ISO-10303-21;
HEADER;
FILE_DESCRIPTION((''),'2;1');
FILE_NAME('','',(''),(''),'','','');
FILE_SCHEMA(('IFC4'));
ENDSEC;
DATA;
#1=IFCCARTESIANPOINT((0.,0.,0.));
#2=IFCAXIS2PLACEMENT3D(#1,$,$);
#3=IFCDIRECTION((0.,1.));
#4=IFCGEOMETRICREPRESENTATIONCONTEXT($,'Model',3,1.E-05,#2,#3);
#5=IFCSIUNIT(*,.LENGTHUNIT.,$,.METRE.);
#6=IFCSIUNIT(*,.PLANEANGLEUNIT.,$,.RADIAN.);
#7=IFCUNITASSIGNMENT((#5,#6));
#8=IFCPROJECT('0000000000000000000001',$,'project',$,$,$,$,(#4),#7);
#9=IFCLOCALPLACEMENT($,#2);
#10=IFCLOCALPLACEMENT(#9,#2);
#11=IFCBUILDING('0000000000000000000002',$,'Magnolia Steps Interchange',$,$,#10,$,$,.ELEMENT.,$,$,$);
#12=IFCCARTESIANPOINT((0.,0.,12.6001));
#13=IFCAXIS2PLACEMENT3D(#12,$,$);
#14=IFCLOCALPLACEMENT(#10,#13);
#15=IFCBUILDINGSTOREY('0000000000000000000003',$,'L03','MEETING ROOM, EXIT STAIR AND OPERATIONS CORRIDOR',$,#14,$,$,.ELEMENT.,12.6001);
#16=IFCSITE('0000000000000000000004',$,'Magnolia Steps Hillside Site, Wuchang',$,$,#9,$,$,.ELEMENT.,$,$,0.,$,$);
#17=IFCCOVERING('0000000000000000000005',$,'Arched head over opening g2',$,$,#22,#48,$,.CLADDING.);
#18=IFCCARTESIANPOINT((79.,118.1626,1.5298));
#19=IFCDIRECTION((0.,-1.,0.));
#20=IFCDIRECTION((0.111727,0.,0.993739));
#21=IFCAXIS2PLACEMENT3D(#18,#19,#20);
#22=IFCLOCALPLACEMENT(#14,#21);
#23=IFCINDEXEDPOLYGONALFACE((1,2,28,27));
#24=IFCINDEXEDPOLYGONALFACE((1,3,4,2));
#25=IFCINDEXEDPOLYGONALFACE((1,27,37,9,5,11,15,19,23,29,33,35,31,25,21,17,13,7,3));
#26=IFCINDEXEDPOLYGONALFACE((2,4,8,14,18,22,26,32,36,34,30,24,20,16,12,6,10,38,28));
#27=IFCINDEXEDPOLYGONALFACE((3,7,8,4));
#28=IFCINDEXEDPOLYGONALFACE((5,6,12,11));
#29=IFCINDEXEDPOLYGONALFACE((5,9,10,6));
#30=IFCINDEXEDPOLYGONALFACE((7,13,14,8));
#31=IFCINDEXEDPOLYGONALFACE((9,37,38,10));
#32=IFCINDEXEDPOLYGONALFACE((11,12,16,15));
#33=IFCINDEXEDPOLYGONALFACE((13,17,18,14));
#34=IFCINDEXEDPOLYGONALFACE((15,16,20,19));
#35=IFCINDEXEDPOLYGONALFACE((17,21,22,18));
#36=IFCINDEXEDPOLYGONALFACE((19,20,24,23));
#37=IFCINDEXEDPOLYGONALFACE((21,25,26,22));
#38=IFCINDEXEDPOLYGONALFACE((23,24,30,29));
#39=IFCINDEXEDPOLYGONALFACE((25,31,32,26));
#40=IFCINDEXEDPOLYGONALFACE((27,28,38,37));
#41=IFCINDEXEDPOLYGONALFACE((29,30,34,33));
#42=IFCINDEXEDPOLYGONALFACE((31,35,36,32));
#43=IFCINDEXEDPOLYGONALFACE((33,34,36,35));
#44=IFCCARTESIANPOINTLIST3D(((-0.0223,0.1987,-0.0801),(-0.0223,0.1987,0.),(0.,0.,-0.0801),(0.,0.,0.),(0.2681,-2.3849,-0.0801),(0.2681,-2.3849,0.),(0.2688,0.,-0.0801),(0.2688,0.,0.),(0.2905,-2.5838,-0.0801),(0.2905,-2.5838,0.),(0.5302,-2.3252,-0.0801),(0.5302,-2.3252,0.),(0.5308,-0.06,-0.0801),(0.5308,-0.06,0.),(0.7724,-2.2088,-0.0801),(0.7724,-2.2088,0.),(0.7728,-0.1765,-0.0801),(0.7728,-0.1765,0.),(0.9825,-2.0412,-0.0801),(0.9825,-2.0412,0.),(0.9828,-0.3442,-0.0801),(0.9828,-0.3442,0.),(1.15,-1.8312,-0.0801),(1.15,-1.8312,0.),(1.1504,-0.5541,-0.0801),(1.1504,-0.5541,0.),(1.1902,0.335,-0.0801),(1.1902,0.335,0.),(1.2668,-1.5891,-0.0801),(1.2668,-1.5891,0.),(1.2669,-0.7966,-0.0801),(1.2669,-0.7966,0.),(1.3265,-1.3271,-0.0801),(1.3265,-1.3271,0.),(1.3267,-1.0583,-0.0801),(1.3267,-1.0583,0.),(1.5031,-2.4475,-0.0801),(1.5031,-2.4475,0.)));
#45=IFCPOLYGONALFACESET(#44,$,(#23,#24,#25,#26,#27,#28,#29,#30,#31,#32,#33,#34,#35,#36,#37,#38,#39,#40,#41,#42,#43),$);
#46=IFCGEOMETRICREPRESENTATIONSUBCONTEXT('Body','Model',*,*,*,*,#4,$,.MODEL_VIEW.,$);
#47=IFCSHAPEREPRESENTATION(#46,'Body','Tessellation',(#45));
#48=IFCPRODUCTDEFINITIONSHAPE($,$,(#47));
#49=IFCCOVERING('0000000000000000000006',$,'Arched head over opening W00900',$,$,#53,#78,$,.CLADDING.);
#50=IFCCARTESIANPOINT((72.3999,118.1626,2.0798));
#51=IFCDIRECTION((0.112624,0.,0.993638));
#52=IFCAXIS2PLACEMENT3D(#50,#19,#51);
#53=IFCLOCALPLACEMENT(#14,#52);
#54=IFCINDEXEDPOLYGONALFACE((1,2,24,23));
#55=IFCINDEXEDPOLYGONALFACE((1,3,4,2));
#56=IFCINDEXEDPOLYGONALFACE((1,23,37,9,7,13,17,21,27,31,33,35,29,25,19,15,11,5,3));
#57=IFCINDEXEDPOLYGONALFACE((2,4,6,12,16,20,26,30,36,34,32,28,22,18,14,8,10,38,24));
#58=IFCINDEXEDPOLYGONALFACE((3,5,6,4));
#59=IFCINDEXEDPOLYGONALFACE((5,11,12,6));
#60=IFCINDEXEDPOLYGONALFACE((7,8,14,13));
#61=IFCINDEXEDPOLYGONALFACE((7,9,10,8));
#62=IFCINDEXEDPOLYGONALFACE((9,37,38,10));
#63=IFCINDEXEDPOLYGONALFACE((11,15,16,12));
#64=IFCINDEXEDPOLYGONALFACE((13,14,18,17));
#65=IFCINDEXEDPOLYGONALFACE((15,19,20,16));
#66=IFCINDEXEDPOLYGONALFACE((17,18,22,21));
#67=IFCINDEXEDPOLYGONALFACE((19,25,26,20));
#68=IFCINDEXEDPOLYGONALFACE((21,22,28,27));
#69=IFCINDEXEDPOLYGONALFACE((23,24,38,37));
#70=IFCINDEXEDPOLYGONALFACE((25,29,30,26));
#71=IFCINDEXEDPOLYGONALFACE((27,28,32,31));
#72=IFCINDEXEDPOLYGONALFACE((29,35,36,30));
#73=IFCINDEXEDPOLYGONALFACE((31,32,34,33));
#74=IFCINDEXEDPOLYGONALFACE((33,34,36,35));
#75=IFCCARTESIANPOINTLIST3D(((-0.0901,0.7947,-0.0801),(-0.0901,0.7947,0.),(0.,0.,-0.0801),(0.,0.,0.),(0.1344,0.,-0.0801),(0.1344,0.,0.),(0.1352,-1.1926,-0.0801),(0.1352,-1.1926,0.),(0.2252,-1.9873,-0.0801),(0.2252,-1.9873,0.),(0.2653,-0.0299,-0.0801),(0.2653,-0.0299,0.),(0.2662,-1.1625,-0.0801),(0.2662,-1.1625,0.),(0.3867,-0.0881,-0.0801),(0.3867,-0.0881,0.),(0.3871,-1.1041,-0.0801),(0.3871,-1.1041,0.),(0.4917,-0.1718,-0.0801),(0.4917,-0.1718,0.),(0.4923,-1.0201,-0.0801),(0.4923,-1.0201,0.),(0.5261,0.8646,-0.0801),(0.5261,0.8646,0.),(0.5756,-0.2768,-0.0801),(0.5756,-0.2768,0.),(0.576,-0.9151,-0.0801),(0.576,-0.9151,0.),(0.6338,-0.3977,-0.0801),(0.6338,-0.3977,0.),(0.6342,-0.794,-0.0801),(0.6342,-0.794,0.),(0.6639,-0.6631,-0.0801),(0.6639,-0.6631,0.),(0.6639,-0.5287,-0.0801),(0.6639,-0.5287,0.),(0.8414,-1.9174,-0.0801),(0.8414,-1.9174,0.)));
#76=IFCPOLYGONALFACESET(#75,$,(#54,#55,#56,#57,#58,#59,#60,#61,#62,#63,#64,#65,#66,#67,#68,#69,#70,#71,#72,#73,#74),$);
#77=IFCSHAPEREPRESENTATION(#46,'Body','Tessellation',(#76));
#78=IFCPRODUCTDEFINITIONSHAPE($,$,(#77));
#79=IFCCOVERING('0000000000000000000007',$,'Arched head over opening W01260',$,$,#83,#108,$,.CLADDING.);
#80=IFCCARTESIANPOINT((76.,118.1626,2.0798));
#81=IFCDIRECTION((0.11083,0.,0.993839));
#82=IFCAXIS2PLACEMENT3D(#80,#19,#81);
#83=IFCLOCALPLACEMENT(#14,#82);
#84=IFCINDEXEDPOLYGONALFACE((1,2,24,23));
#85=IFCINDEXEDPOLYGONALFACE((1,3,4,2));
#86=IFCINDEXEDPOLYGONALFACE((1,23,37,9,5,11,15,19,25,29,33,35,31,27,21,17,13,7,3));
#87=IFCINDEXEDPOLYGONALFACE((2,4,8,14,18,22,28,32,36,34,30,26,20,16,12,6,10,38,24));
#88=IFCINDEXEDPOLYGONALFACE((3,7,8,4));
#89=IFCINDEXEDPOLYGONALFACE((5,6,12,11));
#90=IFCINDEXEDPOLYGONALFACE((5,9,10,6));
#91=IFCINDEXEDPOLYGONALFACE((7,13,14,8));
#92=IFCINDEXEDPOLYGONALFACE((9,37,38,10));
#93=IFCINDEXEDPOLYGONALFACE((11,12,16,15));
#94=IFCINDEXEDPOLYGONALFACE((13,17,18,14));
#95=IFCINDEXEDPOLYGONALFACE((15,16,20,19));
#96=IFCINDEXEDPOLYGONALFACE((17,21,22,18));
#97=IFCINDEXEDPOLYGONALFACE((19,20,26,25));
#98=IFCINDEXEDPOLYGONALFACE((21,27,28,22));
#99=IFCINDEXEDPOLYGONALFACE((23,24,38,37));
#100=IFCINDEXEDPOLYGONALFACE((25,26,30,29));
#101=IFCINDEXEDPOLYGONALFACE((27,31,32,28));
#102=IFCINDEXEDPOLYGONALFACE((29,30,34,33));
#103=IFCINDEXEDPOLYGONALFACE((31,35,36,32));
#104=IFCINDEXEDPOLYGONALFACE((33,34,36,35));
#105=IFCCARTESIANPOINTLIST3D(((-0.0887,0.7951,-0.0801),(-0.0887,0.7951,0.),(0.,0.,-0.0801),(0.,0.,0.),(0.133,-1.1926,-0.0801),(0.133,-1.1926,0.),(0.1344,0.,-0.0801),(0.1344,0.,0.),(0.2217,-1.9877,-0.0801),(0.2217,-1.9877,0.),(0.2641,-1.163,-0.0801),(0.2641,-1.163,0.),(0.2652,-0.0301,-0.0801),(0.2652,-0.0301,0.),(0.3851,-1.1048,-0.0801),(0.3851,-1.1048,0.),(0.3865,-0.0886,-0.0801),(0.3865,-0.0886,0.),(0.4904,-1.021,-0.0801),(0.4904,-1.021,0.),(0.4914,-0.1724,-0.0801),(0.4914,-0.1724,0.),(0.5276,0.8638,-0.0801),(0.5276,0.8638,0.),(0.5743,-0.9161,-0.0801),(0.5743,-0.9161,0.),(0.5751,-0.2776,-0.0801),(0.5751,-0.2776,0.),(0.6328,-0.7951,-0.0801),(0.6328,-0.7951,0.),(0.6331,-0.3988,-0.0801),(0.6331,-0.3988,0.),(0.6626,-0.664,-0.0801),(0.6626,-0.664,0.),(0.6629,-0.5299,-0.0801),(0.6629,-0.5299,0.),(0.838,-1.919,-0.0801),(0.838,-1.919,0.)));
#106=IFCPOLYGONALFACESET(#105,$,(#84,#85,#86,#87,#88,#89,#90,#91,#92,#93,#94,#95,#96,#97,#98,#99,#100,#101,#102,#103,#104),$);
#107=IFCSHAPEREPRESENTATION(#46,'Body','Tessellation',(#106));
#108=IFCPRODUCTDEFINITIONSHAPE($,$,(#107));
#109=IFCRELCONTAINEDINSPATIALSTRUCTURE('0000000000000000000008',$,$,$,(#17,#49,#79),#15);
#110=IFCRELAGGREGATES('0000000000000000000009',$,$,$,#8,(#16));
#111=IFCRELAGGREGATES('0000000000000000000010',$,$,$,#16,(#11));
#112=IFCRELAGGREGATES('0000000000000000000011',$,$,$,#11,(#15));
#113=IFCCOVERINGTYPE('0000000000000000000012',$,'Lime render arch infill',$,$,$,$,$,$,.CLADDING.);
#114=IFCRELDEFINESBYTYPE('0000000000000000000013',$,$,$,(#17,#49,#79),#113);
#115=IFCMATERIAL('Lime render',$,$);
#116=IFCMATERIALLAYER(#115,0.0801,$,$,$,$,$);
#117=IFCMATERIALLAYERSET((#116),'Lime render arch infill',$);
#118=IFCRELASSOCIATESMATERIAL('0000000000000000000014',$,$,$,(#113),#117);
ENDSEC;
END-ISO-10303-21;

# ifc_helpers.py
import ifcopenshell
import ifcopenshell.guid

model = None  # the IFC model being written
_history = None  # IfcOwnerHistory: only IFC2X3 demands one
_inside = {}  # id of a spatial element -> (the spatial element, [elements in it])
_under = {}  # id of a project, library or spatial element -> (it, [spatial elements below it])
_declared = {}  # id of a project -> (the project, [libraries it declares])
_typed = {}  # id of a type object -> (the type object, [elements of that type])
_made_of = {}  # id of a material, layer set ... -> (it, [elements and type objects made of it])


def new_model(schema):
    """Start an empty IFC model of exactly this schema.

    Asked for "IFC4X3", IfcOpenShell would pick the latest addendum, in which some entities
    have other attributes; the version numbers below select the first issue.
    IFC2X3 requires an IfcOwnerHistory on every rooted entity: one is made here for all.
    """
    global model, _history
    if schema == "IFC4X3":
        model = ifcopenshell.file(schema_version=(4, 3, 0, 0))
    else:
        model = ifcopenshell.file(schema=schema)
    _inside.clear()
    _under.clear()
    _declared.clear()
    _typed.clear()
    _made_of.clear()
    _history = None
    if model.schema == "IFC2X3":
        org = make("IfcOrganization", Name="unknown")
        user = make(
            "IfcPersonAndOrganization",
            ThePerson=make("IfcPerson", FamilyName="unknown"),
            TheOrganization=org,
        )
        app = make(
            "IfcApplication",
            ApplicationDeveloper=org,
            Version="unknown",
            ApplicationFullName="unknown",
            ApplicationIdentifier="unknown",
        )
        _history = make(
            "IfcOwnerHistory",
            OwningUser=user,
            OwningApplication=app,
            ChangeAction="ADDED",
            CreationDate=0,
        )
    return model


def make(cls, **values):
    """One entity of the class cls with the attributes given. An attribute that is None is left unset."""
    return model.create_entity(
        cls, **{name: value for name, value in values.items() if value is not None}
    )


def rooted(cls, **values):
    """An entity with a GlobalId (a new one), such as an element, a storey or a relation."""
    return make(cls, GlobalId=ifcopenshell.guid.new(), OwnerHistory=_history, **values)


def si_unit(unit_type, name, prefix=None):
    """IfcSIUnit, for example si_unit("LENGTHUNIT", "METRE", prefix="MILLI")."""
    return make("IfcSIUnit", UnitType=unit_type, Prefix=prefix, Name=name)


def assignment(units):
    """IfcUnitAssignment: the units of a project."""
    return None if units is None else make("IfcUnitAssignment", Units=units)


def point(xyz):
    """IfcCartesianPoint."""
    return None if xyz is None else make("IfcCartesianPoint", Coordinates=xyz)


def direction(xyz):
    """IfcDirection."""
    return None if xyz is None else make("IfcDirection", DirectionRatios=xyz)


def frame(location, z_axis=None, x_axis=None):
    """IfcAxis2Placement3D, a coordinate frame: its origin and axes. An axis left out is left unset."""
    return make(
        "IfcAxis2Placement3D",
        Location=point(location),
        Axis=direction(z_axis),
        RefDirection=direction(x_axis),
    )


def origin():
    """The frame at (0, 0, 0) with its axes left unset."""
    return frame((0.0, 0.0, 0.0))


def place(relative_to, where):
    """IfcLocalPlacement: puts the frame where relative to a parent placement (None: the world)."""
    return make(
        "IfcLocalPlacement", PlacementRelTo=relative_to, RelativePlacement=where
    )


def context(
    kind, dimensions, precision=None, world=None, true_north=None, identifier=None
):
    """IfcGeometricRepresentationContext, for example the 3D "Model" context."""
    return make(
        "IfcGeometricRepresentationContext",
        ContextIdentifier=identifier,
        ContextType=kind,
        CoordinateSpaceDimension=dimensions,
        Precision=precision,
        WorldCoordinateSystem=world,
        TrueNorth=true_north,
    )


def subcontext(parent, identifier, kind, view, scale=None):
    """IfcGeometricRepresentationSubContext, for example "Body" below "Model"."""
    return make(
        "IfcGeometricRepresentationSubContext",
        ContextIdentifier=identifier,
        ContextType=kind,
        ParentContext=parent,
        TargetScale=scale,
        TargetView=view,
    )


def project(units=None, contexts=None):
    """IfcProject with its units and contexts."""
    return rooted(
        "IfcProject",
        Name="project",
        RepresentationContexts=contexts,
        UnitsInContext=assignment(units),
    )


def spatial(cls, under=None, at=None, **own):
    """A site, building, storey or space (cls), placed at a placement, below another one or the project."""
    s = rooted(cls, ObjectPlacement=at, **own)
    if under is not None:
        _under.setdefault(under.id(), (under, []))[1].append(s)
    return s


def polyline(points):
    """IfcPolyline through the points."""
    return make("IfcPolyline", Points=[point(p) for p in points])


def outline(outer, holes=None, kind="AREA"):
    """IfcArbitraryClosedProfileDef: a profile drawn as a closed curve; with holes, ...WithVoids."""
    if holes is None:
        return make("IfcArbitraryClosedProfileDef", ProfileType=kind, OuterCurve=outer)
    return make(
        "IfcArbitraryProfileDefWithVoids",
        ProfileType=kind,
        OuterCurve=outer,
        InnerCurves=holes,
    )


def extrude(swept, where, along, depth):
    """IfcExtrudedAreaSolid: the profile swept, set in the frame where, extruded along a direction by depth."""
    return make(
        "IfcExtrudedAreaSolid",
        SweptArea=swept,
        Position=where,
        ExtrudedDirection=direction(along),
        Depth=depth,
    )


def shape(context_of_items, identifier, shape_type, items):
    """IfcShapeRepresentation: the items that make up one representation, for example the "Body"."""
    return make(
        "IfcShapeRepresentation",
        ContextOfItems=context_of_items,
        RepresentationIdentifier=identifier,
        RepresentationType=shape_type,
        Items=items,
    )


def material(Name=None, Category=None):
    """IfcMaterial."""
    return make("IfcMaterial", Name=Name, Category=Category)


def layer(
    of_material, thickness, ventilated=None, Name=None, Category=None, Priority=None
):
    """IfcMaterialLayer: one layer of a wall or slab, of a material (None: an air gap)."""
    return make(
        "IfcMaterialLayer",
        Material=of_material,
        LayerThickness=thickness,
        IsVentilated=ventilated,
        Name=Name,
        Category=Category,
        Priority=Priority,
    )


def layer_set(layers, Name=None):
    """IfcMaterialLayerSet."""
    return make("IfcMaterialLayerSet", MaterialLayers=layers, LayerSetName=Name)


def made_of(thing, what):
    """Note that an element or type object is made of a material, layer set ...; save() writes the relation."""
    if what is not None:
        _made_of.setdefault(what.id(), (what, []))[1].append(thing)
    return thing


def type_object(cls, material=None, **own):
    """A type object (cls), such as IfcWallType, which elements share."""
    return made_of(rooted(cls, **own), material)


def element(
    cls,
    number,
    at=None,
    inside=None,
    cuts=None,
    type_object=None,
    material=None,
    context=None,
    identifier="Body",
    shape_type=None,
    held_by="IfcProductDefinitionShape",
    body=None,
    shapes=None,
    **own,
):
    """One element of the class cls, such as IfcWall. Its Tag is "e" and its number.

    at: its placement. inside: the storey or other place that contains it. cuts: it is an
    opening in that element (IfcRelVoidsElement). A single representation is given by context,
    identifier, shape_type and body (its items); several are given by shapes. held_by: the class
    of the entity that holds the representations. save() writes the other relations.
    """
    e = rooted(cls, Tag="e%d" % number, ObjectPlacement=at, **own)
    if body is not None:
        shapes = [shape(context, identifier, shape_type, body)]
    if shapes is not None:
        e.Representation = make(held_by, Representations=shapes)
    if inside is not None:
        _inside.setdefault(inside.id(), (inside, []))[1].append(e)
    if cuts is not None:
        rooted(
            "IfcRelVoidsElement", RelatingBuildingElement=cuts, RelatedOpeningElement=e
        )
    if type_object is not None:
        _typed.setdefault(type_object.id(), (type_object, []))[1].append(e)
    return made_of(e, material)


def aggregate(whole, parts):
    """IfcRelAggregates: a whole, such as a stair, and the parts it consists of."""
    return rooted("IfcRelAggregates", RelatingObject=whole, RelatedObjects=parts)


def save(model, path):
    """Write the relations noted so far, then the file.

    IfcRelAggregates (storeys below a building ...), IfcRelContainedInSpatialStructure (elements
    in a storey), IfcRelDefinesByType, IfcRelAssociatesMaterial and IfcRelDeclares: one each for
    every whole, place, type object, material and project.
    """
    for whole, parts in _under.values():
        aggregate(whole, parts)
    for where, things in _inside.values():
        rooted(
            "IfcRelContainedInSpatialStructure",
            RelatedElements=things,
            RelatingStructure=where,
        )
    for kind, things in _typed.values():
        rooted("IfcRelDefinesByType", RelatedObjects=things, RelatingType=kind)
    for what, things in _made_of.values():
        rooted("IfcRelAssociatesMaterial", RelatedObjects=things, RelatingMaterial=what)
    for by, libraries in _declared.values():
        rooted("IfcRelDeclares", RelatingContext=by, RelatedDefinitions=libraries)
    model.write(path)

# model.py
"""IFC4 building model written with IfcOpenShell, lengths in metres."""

from ifc_helpers import new_model, si_unit, direction, frame, origin, place, context, subcontext, project, spatial, polyline, outline, extrude, material, layer, layer_set, type_object, element, save


model = new_model("IFC4")

# Units and contexts
model_context = context("Model", 3, precision=1e-05, world=origin(), true_north=direction((0.0, 1.0)))
body_context = subcontext(model_context, "Body", "Model", "MODEL_VIEW")
ifc_project = project(units=[si_unit("LENGTHUNIT", "METRE"), si_unit("PLANEANGLEUNIT", "RADIAN")], contexts=[model_context])

# Site, building, storey
site_placement = place(None, origin())
site = spatial("IfcSite", under=ifc_project, at=site_placement, Name="Magnolia Steps Hillside Site, Wuchang", CompositionType="ELEMENT", RefElevation=0.0)
building_placement = place(site_placement, origin())
building = spatial("IfcBuilding", under=site, at=building_placement, Name="Magnolia Steps Interchange", CompositionType="ELEMENT")
storey_placement = place(building_placement, frame((0.0, 0.0, 12.6001)))
storey = spatial("IfcBuildingStorey", under=building, at=storey_placement, Name="L03", Description="MEETING ROOM, EXIT STAIR AND OPERATIONS CORRIDOR", CompositionType="ELEMENT", Elevation=12.6001)

# Coverings
ifc_material_1 = material(Name="Lime render")
ifc_layer_1 = layer(ifc_material_1, 0.0801)
ifc_layer_set_1 = layer_set([ifc_layer_1], Name="Lime render arch infill")
covering_type_1 = type_object("IfcCoveringType", Name="Lime render arch infill", PredefinedType="CLADDING", material=ifc_layer_set_1)
covering_1_placement = place(storey_placement, frame((79.0, 118.1626, 1.5298), z_axis=(0.0, -1.0, 0.0), x_axis=(0.111727, 0.0, 0.993739)))
element("IfcCovering", 1, at=covering_1_placement, inside=storey, type_object=covering_type_1, Name="Arched head over opening g2", PredefinedType="CLADDING", context=body_context, shape_type="SweptSolid", body=[
    extrude(outline(polyline([(0.0, 0.0), (0.2688, 0.0), (0.5308, -0.06), (0.7728, -0.1765), (0.9828, -0.3442), (1.1504, -0.5541), (1.2669, -0.7966), (1.3267, -1.0583), (1.3265, -1.3271), (1.2668, -1.5891), (1.15, -1.8312), (0.9825, -2.0412), (0.7724, -2.2088), (0.5302, -2.3252), (0.2681, -2.3849), (0.2905, -2.5838), (1.5031, -2.4475), (1.1902, 0.335), (-0.0223, 0.1987), (0.0, 0.0)])), origin(), (0.0, 0.0, -1.0), 0.0801),
])
covering_2_placement = place(storey_placement, frame((72.3999, 118.1626, 2.0798), z_axis=(0.0, -1.0, 0.0), x_axis=(0.112624, 0.0, 0.993638)))
element("IfcCovering", 2, at=covering_2_placement, inside=storey, type_object=covering_type_1, Name="Arched head over opening W00900", PredefinedType="CLADDING", context=body_context, shape_type="SweptSolid", body=[
    extrude(outline(polyline([(0.0, 0.0), (0.1344, 0.0), (0.2653, -0.0299), (0.3867, -0.0881), (0.4917, -0.1718), (0.5756, -0.2768), (0.6338, -0.3977), (0.6639, -0.5287), (0.6639, -0.6631), (0.6342, -0.794), (0.576, -0.9151), (0.4923, -1.0201), (0.3871, -1.1041), (0.2662, -1.1625), (0.1352, -1.1926), (0.2252, -1.9873), (0.8414, -1.9174), (0.5261, 0.8646), (-0.0901, 0.7947), (0.0, 0.0)])), origin(), (0.0, 0.0, -1.0), 0.0801),
])
covering_3_placement = place(storey_placement, frame((76.0, 118.1626, 2.0798), z_axis=(0.0, -1.0, 0.0), x_axis=(0.11083, 0.0, 0.993839)))
element("IfcCovering", 3, at=covering_3_placement, inside=storey, type_object=covering_type_1, Name="Arched head over opening W01260", PredefinedType="CLADDING", context=body_context, shape_type="SweptSolid", body=[
    extrude(outline(polyline([(0.0, 0.0), (0.1344, 0.0), (0.2652, -0.0301), (0.3865, -0.0886), (0.4914, -0.1724), (0.5751, -0.2776), (0.6331, -0.3988), (0.6629, -0.5299), (0.6626, -0.664), (0.6328, -0.7951), (0.5743, -0.9161), (0.4904, -1.021), (0.3851, -1.1048), (0.2641, -1.163), (0.133, -1.1926), (0.2217, -1.9877), (0.838, -1.919), (0.5276, 0.8638), (-0.0887, 0.7951), (0.0, 0.0)])), origin(), (0.0, 0.0, -1.0), 0.0801),
])

save(model, "model.ifc")
